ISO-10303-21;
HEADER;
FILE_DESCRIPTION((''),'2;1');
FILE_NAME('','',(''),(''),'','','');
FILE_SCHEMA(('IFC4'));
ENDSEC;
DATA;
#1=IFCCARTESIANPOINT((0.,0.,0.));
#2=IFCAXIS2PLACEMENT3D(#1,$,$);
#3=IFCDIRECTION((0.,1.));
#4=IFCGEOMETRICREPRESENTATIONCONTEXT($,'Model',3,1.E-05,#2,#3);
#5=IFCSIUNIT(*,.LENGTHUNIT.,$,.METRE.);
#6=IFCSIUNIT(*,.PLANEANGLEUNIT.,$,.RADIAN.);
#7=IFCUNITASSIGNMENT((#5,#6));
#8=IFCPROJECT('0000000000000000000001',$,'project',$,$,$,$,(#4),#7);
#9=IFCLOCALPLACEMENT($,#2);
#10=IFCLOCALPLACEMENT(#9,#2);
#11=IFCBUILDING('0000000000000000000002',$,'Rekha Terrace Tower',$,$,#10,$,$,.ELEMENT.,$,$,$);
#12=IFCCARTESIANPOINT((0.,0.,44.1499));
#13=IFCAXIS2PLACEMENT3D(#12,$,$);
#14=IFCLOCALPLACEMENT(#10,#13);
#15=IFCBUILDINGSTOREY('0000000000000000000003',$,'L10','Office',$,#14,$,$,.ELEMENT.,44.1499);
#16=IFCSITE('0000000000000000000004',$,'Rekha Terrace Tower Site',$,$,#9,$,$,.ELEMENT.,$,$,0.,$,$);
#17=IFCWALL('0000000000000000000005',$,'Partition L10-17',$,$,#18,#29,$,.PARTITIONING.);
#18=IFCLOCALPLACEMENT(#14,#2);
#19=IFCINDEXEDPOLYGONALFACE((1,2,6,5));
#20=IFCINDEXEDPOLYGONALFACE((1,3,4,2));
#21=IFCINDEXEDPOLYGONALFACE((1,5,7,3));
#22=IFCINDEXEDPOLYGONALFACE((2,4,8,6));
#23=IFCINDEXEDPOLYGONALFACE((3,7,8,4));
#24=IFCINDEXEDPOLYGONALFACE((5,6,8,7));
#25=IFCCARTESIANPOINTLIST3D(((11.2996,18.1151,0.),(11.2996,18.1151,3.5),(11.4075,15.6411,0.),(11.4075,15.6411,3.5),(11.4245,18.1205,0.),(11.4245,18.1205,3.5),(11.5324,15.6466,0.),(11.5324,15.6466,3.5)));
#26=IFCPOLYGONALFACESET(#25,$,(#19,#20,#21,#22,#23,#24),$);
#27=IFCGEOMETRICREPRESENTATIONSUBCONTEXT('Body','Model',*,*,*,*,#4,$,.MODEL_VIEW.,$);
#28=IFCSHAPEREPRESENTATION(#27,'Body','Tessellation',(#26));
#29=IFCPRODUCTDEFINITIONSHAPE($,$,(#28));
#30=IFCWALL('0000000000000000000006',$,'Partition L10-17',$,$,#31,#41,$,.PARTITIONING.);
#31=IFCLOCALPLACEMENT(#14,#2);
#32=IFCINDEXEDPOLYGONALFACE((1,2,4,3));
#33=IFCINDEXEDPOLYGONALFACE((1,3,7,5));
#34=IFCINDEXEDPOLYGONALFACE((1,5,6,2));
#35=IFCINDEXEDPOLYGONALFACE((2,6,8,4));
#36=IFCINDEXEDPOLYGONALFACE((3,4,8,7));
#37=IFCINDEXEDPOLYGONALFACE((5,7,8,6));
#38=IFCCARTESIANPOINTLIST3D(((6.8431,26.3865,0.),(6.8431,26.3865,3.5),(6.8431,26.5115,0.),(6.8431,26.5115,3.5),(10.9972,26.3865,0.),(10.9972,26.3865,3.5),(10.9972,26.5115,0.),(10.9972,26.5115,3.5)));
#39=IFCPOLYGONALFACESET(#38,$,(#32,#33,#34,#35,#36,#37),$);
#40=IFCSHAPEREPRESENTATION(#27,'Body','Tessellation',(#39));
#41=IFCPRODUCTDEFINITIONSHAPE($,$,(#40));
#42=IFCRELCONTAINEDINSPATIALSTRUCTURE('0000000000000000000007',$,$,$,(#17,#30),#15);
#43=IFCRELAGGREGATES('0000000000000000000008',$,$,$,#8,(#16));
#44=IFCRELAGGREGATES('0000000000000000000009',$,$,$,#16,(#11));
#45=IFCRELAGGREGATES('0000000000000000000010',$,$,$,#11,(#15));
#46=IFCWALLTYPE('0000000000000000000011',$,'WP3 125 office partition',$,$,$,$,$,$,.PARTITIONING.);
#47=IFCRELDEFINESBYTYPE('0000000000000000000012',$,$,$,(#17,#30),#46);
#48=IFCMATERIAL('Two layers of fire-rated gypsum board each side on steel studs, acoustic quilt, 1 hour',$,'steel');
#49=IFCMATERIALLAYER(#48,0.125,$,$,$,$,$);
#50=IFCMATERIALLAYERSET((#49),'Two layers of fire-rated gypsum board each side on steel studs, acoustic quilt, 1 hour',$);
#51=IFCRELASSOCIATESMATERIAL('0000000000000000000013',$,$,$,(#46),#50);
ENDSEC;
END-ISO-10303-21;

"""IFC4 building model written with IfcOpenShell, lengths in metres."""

from ifc_helpers import new_model, si_unit, direction, frame, frame_2d, origin, place, context, subcontext, project, spatial, rectangle, extrude, material, layer, layer_set, type_object, element, save


model = new_model("IFC4")

# Units and contexts
model_context = context("Model", 3, precision=1e-05, world=origin(), true_north=direction((0.0, 1.0)))
body_context = subcontext(model_context, "Body", "Model", "MODEL_VIEW")
ifc_project = project(units=[si_unit("LENGTHUNIT", "METRE"), si_unit("PLANEANGLEUNIT", "RADIAN")], contexts=[model_context])

# Site, building, storey
site_placement = place(None, origin())
site = spatial("IfcSite", under=ifc_project, at=site_placement, Name="Rekha Terrace Tower Site", CompositionType="ELEMENT", RefElevation=0.0)
building_placement = place(site_placement, origin())
building = spatial("IfcBuilding", under=site, at=building_placement, Name="Rekha Terrace Tower", CompositionType="ELEMENT")
storey_placement = place(building_placement, frame((0.0, 0.0, 44.1499)))
storey = spatial("IfcBuildingStorey", under=building, at=storey_placement, Name="L10", Description="Office", CompositionType="ELEMENT", Elevation=44.1499)

# Shared definitions
ifc_material_1 = material(Name="Two layers of fire-rated gypsum board each side on steel studs, acoustic quilt, 1 hour", Category="steel")
ifc_layer_1 = layer(ifc_material_1, 0.125)
ifc_layer_set_1 = layer_set([ifc_layer_1], Name="Two layers of fire-rated gypsum board each side on steel studs, acoustic quilt, 1 hour")
wall_type_1 = type_object("IfcWallType", Name="WP3 125 office partition", PredefinedType="PARTITIONING", material=ifc_layer_set_1)

# Walls
wall_1_placement = place(storey_placement, frame((11.3621, 18.1179, 0.0), z_axis=(0.0, 0.0, 1.0), x_axis=(0.043578, -0.99905, 0.0)))
element("IfcWall", 1, at=wall_1_placement, inside=storey, type_object=wall_type_1, Name="Partition L10-17", PredefinedType="PARTITIONING", context=body_context, shape_type="SweptSolid", body=[
    extrude(rectangle(XDim=2.4763, YDim=0.125, at=frame_2d((1.2383, 0.0))), origin(), (0.0, 0.0, 1.0), 3.5),
])
wall_2_placement = place(storey_placement, frame((6.843, 26.449, 0.0), z_axis=(0.0, 0.0, 1.0), x_axis=(1.0, 0.0, 0.0)))
element("IfcWall", 2, at=wall_2_placement, inside=storey, type_object=wall_type_1, Name="Partition L10-17", PredefinedType="PARTITIONING", context=body_context, shape_type="SweptSolid", body=[
    extrude(rectangle(XDim=4.1541, YDim=0.125, at=frame_2d((2.0771, 0.0))), origin(), (0.0, 0.0, 1.0), 3.5),
])

save(model, "model.ifc")
